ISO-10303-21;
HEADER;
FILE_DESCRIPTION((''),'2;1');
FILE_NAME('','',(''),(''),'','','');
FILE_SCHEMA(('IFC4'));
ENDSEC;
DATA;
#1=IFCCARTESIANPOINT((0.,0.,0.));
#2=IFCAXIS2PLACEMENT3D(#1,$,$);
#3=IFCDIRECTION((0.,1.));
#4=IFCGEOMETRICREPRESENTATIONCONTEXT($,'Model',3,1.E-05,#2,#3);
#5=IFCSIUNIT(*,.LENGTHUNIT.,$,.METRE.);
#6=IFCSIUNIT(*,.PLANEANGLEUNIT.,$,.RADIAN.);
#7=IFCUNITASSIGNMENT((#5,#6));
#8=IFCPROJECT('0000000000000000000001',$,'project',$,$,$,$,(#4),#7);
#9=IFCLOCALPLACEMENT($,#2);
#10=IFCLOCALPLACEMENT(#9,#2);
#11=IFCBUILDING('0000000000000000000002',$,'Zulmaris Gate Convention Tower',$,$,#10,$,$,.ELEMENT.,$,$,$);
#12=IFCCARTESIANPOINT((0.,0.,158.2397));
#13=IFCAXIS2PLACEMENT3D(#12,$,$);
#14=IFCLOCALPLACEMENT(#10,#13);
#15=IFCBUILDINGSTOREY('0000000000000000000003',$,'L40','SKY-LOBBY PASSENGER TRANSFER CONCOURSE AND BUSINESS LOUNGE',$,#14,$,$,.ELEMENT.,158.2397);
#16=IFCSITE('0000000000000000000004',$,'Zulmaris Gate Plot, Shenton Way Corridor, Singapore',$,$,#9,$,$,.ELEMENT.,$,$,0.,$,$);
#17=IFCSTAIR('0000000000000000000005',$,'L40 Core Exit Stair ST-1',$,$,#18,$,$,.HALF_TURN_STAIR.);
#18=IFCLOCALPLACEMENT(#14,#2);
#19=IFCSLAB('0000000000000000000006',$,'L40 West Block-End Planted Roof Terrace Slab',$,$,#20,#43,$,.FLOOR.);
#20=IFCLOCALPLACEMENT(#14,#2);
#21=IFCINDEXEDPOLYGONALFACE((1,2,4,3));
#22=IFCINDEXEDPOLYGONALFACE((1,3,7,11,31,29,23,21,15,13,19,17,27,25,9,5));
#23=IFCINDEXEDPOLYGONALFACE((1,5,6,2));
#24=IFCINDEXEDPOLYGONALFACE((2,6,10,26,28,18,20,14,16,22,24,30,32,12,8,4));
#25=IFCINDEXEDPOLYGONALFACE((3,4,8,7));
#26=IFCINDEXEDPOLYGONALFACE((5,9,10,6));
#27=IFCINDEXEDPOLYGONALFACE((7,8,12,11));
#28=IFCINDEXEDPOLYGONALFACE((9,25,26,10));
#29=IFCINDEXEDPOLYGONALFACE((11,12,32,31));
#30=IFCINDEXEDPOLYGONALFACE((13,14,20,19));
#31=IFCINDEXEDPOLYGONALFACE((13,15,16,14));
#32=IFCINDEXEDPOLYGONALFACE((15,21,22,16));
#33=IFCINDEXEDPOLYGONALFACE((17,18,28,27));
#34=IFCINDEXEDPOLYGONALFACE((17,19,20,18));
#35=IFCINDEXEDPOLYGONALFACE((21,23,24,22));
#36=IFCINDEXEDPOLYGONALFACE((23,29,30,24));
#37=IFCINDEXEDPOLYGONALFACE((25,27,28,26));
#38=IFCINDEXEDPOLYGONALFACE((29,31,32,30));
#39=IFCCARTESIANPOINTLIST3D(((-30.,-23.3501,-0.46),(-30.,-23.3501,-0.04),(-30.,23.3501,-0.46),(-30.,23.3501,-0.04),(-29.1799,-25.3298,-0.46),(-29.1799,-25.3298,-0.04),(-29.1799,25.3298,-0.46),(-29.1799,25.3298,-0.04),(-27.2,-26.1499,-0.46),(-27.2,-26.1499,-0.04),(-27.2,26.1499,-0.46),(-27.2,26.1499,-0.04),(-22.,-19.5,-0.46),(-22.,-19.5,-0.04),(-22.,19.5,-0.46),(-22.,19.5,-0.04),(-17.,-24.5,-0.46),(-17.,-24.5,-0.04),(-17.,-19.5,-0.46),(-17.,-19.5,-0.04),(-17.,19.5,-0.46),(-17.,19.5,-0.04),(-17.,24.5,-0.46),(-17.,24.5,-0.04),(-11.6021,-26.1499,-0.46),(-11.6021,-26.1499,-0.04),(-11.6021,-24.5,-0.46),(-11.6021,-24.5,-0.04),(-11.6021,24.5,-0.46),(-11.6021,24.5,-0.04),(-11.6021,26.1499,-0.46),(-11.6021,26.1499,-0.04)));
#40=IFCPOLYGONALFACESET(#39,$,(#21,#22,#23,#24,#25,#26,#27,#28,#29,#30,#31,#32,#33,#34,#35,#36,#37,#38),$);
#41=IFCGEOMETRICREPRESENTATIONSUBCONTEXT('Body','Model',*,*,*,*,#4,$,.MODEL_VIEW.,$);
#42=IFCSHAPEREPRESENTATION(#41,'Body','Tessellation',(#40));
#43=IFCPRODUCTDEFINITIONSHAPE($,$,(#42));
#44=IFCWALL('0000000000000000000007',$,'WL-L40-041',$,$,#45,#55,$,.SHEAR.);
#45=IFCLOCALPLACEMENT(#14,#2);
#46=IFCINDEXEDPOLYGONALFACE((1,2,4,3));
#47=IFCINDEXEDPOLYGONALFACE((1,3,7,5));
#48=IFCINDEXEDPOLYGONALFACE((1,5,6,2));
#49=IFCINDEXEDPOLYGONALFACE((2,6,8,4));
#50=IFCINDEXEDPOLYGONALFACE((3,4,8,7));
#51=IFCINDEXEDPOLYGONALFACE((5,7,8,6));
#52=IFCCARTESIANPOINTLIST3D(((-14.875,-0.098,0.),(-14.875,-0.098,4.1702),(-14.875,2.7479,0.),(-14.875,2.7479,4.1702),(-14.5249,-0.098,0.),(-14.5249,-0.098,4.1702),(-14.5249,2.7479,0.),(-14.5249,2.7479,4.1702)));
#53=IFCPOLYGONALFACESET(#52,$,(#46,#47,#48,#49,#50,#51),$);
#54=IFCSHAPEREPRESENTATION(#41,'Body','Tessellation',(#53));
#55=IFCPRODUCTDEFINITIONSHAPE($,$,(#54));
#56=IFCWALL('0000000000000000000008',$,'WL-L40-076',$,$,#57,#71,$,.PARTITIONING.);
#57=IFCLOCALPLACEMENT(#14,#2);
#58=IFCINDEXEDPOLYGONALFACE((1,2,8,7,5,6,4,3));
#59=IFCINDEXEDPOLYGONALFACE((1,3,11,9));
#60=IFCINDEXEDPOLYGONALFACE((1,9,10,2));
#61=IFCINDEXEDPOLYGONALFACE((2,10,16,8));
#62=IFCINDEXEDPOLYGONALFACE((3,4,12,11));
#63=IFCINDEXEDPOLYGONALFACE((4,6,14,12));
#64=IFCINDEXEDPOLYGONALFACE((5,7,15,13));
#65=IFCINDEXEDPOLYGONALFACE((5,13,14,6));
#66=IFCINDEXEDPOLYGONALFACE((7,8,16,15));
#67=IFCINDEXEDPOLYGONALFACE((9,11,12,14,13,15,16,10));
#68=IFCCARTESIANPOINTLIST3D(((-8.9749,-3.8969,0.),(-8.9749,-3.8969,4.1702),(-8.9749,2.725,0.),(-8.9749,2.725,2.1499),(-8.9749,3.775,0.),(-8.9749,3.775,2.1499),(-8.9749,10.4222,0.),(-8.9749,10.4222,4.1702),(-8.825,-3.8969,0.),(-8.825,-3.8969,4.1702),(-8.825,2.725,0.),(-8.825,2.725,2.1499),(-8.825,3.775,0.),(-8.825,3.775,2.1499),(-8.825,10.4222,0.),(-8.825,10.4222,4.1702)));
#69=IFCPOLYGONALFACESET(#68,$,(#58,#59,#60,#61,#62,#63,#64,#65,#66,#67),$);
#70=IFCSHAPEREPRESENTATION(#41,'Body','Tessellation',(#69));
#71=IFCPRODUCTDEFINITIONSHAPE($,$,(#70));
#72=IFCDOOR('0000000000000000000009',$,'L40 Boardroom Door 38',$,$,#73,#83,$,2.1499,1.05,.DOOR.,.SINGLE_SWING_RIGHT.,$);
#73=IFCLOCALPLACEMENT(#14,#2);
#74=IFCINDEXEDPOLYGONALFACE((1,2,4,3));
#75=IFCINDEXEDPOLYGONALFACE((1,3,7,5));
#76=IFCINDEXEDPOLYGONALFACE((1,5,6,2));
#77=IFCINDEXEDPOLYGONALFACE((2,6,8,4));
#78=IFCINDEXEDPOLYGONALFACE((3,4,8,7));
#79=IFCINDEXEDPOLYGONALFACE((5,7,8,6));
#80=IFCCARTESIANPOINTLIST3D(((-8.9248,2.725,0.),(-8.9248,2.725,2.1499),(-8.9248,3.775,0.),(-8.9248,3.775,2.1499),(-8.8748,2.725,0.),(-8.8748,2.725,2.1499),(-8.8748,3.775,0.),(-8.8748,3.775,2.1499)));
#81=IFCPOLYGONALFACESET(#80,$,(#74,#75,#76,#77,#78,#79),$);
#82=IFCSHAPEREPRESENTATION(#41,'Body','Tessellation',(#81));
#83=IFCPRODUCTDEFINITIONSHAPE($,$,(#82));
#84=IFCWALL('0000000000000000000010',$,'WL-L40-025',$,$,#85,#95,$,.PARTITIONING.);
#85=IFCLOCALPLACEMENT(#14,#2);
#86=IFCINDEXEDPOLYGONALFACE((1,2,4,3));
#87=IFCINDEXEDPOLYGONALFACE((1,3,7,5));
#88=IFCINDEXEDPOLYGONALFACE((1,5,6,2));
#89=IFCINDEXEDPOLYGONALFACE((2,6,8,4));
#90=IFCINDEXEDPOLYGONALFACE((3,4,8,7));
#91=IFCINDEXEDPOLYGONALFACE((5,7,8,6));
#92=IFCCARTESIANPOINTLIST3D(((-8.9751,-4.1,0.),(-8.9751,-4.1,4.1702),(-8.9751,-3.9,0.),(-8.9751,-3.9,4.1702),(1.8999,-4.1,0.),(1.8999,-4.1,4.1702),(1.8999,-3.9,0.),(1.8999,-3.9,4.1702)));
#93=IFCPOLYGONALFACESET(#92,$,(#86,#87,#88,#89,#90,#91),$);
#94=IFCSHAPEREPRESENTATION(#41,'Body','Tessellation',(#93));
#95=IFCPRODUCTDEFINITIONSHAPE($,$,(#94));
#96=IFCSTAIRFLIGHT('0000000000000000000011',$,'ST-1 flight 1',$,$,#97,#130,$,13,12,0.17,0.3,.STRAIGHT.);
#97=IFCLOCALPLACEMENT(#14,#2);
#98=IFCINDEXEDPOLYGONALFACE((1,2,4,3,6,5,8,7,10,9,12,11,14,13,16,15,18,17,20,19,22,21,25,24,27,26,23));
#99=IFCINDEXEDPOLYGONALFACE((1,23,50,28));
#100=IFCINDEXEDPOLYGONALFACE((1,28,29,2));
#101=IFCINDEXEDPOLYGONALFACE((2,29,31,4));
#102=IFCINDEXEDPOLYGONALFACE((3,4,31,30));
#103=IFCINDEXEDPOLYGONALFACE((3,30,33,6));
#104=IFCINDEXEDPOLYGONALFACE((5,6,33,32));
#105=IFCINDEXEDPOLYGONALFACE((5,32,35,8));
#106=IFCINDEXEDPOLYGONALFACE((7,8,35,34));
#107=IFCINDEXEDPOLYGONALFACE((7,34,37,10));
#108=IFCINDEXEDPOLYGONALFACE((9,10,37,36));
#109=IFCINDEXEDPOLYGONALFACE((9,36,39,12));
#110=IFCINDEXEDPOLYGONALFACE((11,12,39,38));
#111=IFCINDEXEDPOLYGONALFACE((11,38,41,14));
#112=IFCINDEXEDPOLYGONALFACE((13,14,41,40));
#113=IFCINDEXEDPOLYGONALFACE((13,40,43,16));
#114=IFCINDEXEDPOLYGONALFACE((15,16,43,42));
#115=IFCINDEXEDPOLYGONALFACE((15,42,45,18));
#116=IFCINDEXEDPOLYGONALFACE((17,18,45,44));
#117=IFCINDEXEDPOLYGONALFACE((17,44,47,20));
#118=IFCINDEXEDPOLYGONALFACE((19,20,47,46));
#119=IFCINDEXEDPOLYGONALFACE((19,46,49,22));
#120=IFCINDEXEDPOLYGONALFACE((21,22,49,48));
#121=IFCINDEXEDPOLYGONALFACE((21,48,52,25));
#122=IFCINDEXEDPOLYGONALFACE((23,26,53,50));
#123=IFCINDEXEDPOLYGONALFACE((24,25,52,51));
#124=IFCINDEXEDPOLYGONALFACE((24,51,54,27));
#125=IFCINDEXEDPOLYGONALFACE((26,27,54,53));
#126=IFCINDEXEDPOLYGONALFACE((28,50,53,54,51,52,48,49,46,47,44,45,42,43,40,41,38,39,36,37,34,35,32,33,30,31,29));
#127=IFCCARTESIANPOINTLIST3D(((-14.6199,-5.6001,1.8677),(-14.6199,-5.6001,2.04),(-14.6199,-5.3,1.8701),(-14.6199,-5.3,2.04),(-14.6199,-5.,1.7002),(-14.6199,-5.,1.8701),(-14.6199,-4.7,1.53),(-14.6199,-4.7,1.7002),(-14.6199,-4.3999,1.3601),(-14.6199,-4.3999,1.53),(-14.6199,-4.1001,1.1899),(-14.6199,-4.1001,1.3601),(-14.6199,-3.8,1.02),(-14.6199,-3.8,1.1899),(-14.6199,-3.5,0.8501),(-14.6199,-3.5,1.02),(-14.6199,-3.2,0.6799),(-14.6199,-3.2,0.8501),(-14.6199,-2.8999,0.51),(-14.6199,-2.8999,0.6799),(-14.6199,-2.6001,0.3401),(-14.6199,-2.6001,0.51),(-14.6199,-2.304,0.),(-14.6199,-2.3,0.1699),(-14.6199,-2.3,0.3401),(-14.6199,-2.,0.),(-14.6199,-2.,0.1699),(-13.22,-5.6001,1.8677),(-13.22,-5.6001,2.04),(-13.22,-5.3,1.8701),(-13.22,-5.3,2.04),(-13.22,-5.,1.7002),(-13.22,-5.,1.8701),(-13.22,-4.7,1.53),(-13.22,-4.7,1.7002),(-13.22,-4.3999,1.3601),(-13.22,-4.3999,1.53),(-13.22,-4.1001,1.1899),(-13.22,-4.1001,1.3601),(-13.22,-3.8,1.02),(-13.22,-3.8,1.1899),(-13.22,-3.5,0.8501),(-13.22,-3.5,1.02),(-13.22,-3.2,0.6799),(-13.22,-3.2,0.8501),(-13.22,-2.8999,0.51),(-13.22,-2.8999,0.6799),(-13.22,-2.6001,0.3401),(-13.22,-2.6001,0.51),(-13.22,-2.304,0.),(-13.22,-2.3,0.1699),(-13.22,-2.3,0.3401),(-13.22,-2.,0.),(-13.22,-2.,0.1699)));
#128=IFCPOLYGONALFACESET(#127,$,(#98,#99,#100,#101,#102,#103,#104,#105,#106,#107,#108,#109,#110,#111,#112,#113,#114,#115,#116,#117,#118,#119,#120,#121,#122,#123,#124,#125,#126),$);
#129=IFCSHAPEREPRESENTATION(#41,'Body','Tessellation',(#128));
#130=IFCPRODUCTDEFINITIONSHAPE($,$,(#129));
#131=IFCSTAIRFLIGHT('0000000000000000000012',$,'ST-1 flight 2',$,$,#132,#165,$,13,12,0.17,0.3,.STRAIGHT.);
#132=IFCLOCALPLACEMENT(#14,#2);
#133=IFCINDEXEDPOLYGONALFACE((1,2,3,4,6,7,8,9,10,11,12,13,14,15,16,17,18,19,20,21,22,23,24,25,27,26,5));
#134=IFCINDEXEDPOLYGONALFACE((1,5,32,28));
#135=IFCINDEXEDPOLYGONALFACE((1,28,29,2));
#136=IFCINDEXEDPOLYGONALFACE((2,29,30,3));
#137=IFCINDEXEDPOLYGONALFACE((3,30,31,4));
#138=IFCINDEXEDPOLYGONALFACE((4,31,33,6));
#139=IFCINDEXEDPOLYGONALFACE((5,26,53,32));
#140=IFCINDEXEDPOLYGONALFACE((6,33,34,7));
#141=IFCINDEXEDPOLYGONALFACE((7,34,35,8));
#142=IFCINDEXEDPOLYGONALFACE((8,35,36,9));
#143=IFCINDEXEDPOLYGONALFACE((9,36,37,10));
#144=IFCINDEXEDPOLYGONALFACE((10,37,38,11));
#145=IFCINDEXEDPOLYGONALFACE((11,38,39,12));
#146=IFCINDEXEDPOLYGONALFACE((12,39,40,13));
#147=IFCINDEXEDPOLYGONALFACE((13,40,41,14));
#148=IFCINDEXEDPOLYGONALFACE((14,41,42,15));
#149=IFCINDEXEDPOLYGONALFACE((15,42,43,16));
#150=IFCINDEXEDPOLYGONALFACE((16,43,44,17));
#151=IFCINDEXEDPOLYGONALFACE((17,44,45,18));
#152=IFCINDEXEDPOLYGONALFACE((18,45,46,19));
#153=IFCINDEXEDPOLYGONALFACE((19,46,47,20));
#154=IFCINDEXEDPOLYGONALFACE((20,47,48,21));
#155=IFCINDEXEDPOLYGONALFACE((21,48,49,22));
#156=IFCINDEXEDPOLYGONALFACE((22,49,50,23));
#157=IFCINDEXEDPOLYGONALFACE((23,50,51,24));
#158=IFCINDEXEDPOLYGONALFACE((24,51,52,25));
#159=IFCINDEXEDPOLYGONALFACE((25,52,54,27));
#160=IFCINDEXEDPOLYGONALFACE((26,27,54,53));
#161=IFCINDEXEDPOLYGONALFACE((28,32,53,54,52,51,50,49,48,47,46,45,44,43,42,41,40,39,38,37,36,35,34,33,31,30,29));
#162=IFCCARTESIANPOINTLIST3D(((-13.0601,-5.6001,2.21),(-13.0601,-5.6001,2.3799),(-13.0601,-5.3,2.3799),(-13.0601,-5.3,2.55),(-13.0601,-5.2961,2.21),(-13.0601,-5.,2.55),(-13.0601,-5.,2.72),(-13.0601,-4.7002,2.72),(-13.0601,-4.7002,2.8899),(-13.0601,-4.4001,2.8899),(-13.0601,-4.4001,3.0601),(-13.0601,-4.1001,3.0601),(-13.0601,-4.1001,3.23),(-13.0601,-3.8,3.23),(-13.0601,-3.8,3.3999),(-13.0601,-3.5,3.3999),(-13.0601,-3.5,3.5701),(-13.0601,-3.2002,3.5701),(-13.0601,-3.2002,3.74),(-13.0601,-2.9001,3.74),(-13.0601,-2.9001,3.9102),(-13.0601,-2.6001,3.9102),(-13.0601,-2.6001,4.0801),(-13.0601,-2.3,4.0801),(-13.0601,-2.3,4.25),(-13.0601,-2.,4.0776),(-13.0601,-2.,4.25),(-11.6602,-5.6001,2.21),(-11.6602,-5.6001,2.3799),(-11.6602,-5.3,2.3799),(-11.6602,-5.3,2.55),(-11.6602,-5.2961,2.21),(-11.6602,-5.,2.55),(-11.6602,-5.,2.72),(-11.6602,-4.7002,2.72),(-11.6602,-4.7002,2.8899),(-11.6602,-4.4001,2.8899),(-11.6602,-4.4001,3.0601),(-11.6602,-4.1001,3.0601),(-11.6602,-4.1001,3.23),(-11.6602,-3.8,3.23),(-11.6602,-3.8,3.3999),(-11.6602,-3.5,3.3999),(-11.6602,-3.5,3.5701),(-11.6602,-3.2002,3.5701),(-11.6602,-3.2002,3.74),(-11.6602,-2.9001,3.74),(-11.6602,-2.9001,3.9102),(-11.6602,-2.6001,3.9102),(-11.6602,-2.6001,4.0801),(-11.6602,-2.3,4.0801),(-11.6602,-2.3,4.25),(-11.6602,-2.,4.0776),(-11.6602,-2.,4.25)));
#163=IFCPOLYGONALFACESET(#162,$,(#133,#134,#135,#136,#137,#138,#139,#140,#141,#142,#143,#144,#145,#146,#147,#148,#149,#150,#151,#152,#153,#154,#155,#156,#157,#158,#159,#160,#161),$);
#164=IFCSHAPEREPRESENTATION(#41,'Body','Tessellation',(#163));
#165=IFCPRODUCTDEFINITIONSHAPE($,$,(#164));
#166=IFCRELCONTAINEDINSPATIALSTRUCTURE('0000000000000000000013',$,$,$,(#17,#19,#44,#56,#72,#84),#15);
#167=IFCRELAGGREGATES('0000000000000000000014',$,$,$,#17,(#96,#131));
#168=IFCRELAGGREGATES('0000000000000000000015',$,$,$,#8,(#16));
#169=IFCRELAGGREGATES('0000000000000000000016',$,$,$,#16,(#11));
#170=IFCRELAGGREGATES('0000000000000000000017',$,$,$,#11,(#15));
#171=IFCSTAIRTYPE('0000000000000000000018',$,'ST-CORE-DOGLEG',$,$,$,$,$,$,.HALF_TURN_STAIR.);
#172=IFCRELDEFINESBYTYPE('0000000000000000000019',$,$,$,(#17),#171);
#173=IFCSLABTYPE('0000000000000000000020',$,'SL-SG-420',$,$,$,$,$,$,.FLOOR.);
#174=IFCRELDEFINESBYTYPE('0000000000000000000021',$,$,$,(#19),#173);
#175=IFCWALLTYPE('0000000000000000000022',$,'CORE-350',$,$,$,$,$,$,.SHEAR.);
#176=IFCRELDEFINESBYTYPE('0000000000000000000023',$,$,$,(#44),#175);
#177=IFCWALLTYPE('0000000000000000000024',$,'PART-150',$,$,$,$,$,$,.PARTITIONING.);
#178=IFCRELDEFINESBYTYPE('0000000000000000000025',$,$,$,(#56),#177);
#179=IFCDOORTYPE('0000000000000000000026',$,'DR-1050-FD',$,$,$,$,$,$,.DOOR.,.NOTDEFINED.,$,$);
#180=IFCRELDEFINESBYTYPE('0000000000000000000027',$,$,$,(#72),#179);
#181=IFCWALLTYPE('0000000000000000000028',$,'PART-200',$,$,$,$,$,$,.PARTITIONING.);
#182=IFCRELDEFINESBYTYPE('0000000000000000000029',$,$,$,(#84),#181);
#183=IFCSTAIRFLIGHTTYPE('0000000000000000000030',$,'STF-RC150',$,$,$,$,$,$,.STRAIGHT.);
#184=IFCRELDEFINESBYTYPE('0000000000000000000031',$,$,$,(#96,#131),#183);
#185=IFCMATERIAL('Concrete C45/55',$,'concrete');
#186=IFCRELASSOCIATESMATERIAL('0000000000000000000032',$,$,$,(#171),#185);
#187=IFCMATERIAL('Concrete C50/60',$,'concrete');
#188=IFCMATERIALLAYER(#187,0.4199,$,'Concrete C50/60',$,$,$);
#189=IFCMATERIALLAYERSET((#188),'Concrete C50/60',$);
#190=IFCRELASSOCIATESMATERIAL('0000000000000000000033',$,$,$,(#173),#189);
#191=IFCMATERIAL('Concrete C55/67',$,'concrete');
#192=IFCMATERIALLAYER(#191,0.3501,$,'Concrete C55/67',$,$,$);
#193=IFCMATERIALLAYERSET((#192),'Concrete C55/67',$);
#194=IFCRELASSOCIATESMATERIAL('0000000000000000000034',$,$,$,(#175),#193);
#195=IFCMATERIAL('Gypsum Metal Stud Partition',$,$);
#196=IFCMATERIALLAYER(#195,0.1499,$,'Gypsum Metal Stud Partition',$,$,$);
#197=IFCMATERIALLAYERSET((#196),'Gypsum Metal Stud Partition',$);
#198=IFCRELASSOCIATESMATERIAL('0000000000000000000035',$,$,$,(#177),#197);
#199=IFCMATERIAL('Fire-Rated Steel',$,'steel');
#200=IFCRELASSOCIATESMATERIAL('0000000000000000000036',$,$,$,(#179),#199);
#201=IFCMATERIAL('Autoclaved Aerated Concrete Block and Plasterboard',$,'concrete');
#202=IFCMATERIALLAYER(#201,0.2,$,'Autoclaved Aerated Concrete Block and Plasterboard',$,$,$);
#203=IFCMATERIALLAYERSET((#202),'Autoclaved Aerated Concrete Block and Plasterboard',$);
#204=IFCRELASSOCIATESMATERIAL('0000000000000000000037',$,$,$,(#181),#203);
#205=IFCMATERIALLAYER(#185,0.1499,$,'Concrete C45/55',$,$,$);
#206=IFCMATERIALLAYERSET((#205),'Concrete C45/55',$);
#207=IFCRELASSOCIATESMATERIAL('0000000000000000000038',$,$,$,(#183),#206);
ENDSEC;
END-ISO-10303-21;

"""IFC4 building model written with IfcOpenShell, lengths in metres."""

from ifc_helpers import new_model, si_unit, direction, frame, frame_2d, origin, place, context, subcontext, project, spatial, polyline, rectangle, outline, extrude, material, layer, layer_set, type_object, element, fill, aggregate, save


model = new_model("IFC4")

# Units and contexts
model_context = context("Model", 3, precision=1e-05, world=origin(), true_north=direction((0.0, 1.0)))
body_context = subcontext(model_context, "Body", "Model", "MODEL_VIEW")
ifc_project = project(units=[si_unit("LENGTHUNIT", "METRE"), si_unit("PLANEANGLEUNIT", "RADIAN")], contexts=[model_context])

# Site, building, storey
site_placement = place(None, origin())
site = spatial("IfcSite", under=ifc_project, at=site_placement, Name="Zulmaris Gate Plot, Shenton Way Corridor, Singapore", CompositionType="ELEMENT", RefElevation=0.0)
building_placement = place(site_placement, origin())
building = spatial("IfcBuilding", under=site, at=building_placement, Name="Zulmaris Gate Convention Tower", CompositionType="ELEMENT")
storey_placement = place(building_placement, frame((0.0, 0.0, 158.2397)))
storey = spatial("IfcBuildingStorey", under=building, at=storey_placement, Name="L40", Description="SKY-LOBBY PASSENGER TRANSFER CONCOURSE AND BUSINESS LOUNGE", CompositionType="ELEMENT", Elevation=158.2397)

# Stair
ifc_material_1 = material(Name="Concrete C45/55", Category="concrete")
stair_type = type_object("IfcStairType", Name="ST-CORE-DOGLEG", PredefinedType="HALF_TURN_STAIR", material=ifc_material_1)
stair_1_placement = place(storey_placement, origin())
stair_1 = element("IfcStair", 1, at=stair_1_placement, inside=storey, type_object=stair_type, Name="L40 Core Exit Stair ST-1", PredefinedType="HALF_TURN_STAIR")

# Slab
ifc_material_2 = material(Name="Concrete C50/60", Category="concrete")
ifc_layer_1 = layer(ifc_material_2, 0.4199, Name="Concrete C50/60")
ifc_layer_set_1 = layer_set([ifc_layer_1], Name="Concrete C50/60")
slab_type_1 = type_object("IfcSlabType", Name="SL-SG-420", PredefinedType="FLOOR", material=ifc_layer_set_1)
slab_1_placement = place(storey_placement, frame((0.0, 0.0, -0.46)))
element("IfcSlab", 2, at=slab_1_placement, inside=storey, type_object=slab_type_1, Name="L40 West Block-End Planted Roof Terrace Slab", PredefinedType="FLOOR", context=body_context, shape_type="SweptSolid", body=[
    extrude(outline(polyline([(-30.0, 23.3501), (-29.1799, 25.3298), (-27.2, 26.1499), (-11.6021, 26.1499), (-11.6021, 24.5), (-17.0, 24.5), (-17.0, 19.5), (-22.0, 19.5), (-22.0, -19.5), (-17.0, -19.5), (-17.0, -24.5), (-11.6021, -24.5), (-11.6021, -26.1499), (-27.2, -26.1499), (-29.1799, -25.3298), (-30.0, -23.3501), (-30.0, 23.3501)])), origin(), (0.0, 0.0, 1.0), 0.4199),
])

# Wall
ifc_material_3 = material(Name="Concrete C55/67", Category="concrete")
ifc_layer_2 = layer(ifc_material_3, 0.3501, Name="Concrete C55/67")
ifc_layer_set_2 = layer_set([ifc_layer_2], Name="Concrete C55/67")
wall_type_1 = type_object("IfcWallType", Name="CORE-350", PredefinedType="SHEAR", material=ifc_layer_set_2)
wall_1_placement = place(storey_placement, frame((-14.7, -0.0979, 0.0), z_axis=(0.0, 0.0, 1.0), x_axis=(0.0, 1.0, 0.0)))
element("IfcWall", 3, at=wall_1_placement, inside=storey, type_object=wall_type_1, Name="WL-L40-041", PredefinedType="SHEAR", context=body_context, shape_type="SweptSolid", body=[
    extrude(rectangle(XDim=2.8459, YDim=0.3501, at=frame_2d((1.4229, 0.0))), origin(), (0.0, 0.0, 1.0), 4.1702),
])

# Wall, opening, door
ifc_material_4 = material(Name="Gypsum Metal Stud Partition")
ifc_layer_3 = layer(ifc_material_4, 0.1499, Name="Gypsum Metal Stud Partition")
ifc_layer_set_3 = layer_set([ifc_layer_3], Name="Gypsum Metal Stud Partition")
wall_type_2 = type_object("IfcWallType", Name="PART-150", PredefinedType="PARTITIONING", material=ifc_layer_set_3)
wall_2_placement = place(storey_placement, frame((-8.8999, -3.897, 0.0), z_axis=(0.0, 0.0, 1.0), x_axis=(0.0, 1.0, 0.0)))
wall_2 = element("IfcWall", 4, at=wall_2_placement, inside=storey, type_object=wall_type_2, Name="WL-L40-076", PredefinedType="PARTITIONING", context=body_context, shape_type="SweptSolid", body=[
    extrude(rectangle(XDim=14.3191, YDim=0.1499, at=frame_2d((7.1597, 0.0))), origin(), (0.0, 0.0, 1.0), 4.1702),
])
opening_placement = place(wall_2_placement, frame((6.6221, 0.0, 0.0)))
opening = element("IfcOpeningElement", 5, at=opening_placement, cuts=wall_2, PredefinedType="OPENING", context=body_context, shape_type="SweptSolid", body=[
    extrude(rectangle(XDim=1.05, YDim=2.1499, at=frame_2d((0.5249, 1.075))), frame((0.0, 0.085, 0.0), z_axis=(0.0, -1.0, 0.0), x_axis=(1.0, 0.0, 0.0)), (0.0, 0.0, 1.0), 0.1699),
])
ifc_material_5 = material(Name="Fire-Rated Steel", Category="steel")
door_type = type_object("IfcDoorType", Name="DR-1050-FD", OperationType="NOTDEFINED", PredefinedType="DOOR", material=ifc_material_5)
door_placement = place(opening_placement, origin())
door = element("IfcDoor", 6, at=door_placement, inside=storey, type_object=door_type, Name="L40 Boardroom Door 38", OperationType="SINGLE_SWING_RIGHT", OverallHeight=2.1499, OverallWidth=1.05, PredefinedType="DOOR", context=body_context, shape_type="SweptSolid", body=[
    extrude(rectangle(XDim=1.05, YDim=2.1499, at=frame_2d((0.5249, 1.075))), frame((0.0, 0.0249, 0.0), z_axis=(0.0, -1.0, 0.0), x_axis=(1.0, 0.0, 0.0)), (0.0, 0.0, 1.0), 0.05),
])
fill(opening, door)

# Wall
ifc_material_6 = material(Name="Autoclaved Aerated Concrete Block and Plasterboard", Category="concrete")
ifc_layer_4 = layer(ifc_material_6, 0.2, Name="Autoclaved Aerated Concrete Block and Plasterboard")
ifc_layer_set_4 = layer_set([ifc_layer_4], Name="Autoclaved Aerated Concrete Block and Plasterboard")
wall_type_3 = type_object("IfcWallType", Name="PART-200", PredefinedType="PARTITIONING", material=ifc_layer_set_4)
wall_3_placement = place(storey_placement, frame((-8.9751, -4.0, 0.0), z_axis=(0.0, 0.0, 1.0), x_axis=(1.0, 0.0, 0.0)))
element("IfcWall", 7, at=wall_3_placement, inside=storey, type_object=wall_type_3, Name="WL-L40-025", PredefinedType="PARTITIONING", context=body_context, shape_type="SweptSolid", body=[
    extrude(rectangle(XDim=10.875, YDim=0.2, at=frame_2d((5.4375, 0.0))), origin(), (0.0, 0.0, 1.0), 4.1702),
])

# Stair flights
ifc_layer_5 = layer(ifc_material_1, 0.1499, Name="Concrete C45/55")
ifc_layer_set_5 = layer_set([ifc_layer_5], Name="Concrete C45/55")
stair_flight_type = type_object("IfcStairFlightType", Name="STF-RC150", PredefinedType="STRAIGHT", material=ifc_layer_set_5)
stair_flight_1_placement = place(storey_placement, frame((-13.9199, -2.0, 0.0), z_axis=(0.0, 0.0, 1.0), x_axis=(0.0, -1.0, 0.0)))
stair_flight_1 = element("IfcStairFlight", 8, at=stair_flight_1_placement, type_object=stair_flight_type, Name="ST-1 flight 1", NumberOfRisers=13, NumberOfTreads=12, PredefinedType="STRAIGHT", RiserHeight=0.17, TreadLength=0.3, context=body_context, shape_type="SweptSolid", body=[
    extrude(outline(polyline([(0.0, 0.0), (0.0, 0.1699), (0.3, 0.1699), (0.3, 0.3401), (0.6001, 0.3401), (0.6001, 0.51), (0.8999, 0.51), (0.8999, 0.6799), (1.2, 0.6799), (1.2, 0.8501), (1.5, 0.8501), (1.5, 1.02), (1.8, 1.02), (1.8, 1.1899), (2.1001, 1.1899), (2.1001, 1.3601), (2.3999, 1.3601), (2.3999, 1.53), (2.7, 1.53), (2.7, 1.7002), (3.0, 1.7002), (3.0, 1.8701), (3.3, 1.8701), (3.3, 2.04), (3.6001, 2.04), (3.6001, 2.2102), (3.6001, 1.8677), (0.304, 0.0), (0.0, 0.0)])), frame((0.0, 0.7, 0.0), z_axis=(0.0, -1.0, 0.0), x_axis=(1.0, 0.0, 0.0)), (0.0, 0.0, 1.0), 1.3999),
])
stair_flight_2_placement = place(storey_placement, frame((-12.3601, -5.6001, 2.21), z_axis=(0.0, 0.0, 1.0), x_axis=(0.0, 1.0, 0.0)))
stair_flight_2 = element("IfcStairFlight", 9, at=stair_flight_2_placement, type_object=stair_flight_type, Name="ST-1 flight 2", NumberOfRisers=13, NumberOfTreads=12, PredefinedType="STRAIGHT", RiserHeight=0.17, TreadLength=0.3, context=body_context, shape_type="SweptSolid", body=[
    extrude(outline(polyline([(0.0, 0.0), (0.0, 0.1699), (0.3, 0.1699), (0.3, 0.3401), (0.6001, 0.3401), (0.6001, 0.51), (0.8999, 0.51), (0.8999, 0.6799), (1.2, 0.6799), (1.2, 0.8501), (1.5, 0.8501), (1.5, 1.02), (1.8, 1.02), (1.8, 1.1899), (2.1001, 1.1899), (2.1001, 1.3601), (2.3999, 1.3601), (2.3999, 1.53), (2.7, 1.53), (2.7, 1.7002), (3.0, 1.7002), (3.0, 1.8701), (3.3, 1.8701), (3.3, 2.04), (3.6001, 2.04), (3.6001, 2.2102), (3.6001, 1.8677), (0.304, 0.0), (0.0, 0.0)])), frame((0.0, 0.7, 0.0), z_axis=(0.0, -1.0, 0.0), x_axis=(1.0, 0.0, 0.0)), (0.0, 0.0, 1.0), 1.3999),
])
aggregate(stair_1, [stair_flight_1, stair_flight_2])

save(model, "model.ifc")
